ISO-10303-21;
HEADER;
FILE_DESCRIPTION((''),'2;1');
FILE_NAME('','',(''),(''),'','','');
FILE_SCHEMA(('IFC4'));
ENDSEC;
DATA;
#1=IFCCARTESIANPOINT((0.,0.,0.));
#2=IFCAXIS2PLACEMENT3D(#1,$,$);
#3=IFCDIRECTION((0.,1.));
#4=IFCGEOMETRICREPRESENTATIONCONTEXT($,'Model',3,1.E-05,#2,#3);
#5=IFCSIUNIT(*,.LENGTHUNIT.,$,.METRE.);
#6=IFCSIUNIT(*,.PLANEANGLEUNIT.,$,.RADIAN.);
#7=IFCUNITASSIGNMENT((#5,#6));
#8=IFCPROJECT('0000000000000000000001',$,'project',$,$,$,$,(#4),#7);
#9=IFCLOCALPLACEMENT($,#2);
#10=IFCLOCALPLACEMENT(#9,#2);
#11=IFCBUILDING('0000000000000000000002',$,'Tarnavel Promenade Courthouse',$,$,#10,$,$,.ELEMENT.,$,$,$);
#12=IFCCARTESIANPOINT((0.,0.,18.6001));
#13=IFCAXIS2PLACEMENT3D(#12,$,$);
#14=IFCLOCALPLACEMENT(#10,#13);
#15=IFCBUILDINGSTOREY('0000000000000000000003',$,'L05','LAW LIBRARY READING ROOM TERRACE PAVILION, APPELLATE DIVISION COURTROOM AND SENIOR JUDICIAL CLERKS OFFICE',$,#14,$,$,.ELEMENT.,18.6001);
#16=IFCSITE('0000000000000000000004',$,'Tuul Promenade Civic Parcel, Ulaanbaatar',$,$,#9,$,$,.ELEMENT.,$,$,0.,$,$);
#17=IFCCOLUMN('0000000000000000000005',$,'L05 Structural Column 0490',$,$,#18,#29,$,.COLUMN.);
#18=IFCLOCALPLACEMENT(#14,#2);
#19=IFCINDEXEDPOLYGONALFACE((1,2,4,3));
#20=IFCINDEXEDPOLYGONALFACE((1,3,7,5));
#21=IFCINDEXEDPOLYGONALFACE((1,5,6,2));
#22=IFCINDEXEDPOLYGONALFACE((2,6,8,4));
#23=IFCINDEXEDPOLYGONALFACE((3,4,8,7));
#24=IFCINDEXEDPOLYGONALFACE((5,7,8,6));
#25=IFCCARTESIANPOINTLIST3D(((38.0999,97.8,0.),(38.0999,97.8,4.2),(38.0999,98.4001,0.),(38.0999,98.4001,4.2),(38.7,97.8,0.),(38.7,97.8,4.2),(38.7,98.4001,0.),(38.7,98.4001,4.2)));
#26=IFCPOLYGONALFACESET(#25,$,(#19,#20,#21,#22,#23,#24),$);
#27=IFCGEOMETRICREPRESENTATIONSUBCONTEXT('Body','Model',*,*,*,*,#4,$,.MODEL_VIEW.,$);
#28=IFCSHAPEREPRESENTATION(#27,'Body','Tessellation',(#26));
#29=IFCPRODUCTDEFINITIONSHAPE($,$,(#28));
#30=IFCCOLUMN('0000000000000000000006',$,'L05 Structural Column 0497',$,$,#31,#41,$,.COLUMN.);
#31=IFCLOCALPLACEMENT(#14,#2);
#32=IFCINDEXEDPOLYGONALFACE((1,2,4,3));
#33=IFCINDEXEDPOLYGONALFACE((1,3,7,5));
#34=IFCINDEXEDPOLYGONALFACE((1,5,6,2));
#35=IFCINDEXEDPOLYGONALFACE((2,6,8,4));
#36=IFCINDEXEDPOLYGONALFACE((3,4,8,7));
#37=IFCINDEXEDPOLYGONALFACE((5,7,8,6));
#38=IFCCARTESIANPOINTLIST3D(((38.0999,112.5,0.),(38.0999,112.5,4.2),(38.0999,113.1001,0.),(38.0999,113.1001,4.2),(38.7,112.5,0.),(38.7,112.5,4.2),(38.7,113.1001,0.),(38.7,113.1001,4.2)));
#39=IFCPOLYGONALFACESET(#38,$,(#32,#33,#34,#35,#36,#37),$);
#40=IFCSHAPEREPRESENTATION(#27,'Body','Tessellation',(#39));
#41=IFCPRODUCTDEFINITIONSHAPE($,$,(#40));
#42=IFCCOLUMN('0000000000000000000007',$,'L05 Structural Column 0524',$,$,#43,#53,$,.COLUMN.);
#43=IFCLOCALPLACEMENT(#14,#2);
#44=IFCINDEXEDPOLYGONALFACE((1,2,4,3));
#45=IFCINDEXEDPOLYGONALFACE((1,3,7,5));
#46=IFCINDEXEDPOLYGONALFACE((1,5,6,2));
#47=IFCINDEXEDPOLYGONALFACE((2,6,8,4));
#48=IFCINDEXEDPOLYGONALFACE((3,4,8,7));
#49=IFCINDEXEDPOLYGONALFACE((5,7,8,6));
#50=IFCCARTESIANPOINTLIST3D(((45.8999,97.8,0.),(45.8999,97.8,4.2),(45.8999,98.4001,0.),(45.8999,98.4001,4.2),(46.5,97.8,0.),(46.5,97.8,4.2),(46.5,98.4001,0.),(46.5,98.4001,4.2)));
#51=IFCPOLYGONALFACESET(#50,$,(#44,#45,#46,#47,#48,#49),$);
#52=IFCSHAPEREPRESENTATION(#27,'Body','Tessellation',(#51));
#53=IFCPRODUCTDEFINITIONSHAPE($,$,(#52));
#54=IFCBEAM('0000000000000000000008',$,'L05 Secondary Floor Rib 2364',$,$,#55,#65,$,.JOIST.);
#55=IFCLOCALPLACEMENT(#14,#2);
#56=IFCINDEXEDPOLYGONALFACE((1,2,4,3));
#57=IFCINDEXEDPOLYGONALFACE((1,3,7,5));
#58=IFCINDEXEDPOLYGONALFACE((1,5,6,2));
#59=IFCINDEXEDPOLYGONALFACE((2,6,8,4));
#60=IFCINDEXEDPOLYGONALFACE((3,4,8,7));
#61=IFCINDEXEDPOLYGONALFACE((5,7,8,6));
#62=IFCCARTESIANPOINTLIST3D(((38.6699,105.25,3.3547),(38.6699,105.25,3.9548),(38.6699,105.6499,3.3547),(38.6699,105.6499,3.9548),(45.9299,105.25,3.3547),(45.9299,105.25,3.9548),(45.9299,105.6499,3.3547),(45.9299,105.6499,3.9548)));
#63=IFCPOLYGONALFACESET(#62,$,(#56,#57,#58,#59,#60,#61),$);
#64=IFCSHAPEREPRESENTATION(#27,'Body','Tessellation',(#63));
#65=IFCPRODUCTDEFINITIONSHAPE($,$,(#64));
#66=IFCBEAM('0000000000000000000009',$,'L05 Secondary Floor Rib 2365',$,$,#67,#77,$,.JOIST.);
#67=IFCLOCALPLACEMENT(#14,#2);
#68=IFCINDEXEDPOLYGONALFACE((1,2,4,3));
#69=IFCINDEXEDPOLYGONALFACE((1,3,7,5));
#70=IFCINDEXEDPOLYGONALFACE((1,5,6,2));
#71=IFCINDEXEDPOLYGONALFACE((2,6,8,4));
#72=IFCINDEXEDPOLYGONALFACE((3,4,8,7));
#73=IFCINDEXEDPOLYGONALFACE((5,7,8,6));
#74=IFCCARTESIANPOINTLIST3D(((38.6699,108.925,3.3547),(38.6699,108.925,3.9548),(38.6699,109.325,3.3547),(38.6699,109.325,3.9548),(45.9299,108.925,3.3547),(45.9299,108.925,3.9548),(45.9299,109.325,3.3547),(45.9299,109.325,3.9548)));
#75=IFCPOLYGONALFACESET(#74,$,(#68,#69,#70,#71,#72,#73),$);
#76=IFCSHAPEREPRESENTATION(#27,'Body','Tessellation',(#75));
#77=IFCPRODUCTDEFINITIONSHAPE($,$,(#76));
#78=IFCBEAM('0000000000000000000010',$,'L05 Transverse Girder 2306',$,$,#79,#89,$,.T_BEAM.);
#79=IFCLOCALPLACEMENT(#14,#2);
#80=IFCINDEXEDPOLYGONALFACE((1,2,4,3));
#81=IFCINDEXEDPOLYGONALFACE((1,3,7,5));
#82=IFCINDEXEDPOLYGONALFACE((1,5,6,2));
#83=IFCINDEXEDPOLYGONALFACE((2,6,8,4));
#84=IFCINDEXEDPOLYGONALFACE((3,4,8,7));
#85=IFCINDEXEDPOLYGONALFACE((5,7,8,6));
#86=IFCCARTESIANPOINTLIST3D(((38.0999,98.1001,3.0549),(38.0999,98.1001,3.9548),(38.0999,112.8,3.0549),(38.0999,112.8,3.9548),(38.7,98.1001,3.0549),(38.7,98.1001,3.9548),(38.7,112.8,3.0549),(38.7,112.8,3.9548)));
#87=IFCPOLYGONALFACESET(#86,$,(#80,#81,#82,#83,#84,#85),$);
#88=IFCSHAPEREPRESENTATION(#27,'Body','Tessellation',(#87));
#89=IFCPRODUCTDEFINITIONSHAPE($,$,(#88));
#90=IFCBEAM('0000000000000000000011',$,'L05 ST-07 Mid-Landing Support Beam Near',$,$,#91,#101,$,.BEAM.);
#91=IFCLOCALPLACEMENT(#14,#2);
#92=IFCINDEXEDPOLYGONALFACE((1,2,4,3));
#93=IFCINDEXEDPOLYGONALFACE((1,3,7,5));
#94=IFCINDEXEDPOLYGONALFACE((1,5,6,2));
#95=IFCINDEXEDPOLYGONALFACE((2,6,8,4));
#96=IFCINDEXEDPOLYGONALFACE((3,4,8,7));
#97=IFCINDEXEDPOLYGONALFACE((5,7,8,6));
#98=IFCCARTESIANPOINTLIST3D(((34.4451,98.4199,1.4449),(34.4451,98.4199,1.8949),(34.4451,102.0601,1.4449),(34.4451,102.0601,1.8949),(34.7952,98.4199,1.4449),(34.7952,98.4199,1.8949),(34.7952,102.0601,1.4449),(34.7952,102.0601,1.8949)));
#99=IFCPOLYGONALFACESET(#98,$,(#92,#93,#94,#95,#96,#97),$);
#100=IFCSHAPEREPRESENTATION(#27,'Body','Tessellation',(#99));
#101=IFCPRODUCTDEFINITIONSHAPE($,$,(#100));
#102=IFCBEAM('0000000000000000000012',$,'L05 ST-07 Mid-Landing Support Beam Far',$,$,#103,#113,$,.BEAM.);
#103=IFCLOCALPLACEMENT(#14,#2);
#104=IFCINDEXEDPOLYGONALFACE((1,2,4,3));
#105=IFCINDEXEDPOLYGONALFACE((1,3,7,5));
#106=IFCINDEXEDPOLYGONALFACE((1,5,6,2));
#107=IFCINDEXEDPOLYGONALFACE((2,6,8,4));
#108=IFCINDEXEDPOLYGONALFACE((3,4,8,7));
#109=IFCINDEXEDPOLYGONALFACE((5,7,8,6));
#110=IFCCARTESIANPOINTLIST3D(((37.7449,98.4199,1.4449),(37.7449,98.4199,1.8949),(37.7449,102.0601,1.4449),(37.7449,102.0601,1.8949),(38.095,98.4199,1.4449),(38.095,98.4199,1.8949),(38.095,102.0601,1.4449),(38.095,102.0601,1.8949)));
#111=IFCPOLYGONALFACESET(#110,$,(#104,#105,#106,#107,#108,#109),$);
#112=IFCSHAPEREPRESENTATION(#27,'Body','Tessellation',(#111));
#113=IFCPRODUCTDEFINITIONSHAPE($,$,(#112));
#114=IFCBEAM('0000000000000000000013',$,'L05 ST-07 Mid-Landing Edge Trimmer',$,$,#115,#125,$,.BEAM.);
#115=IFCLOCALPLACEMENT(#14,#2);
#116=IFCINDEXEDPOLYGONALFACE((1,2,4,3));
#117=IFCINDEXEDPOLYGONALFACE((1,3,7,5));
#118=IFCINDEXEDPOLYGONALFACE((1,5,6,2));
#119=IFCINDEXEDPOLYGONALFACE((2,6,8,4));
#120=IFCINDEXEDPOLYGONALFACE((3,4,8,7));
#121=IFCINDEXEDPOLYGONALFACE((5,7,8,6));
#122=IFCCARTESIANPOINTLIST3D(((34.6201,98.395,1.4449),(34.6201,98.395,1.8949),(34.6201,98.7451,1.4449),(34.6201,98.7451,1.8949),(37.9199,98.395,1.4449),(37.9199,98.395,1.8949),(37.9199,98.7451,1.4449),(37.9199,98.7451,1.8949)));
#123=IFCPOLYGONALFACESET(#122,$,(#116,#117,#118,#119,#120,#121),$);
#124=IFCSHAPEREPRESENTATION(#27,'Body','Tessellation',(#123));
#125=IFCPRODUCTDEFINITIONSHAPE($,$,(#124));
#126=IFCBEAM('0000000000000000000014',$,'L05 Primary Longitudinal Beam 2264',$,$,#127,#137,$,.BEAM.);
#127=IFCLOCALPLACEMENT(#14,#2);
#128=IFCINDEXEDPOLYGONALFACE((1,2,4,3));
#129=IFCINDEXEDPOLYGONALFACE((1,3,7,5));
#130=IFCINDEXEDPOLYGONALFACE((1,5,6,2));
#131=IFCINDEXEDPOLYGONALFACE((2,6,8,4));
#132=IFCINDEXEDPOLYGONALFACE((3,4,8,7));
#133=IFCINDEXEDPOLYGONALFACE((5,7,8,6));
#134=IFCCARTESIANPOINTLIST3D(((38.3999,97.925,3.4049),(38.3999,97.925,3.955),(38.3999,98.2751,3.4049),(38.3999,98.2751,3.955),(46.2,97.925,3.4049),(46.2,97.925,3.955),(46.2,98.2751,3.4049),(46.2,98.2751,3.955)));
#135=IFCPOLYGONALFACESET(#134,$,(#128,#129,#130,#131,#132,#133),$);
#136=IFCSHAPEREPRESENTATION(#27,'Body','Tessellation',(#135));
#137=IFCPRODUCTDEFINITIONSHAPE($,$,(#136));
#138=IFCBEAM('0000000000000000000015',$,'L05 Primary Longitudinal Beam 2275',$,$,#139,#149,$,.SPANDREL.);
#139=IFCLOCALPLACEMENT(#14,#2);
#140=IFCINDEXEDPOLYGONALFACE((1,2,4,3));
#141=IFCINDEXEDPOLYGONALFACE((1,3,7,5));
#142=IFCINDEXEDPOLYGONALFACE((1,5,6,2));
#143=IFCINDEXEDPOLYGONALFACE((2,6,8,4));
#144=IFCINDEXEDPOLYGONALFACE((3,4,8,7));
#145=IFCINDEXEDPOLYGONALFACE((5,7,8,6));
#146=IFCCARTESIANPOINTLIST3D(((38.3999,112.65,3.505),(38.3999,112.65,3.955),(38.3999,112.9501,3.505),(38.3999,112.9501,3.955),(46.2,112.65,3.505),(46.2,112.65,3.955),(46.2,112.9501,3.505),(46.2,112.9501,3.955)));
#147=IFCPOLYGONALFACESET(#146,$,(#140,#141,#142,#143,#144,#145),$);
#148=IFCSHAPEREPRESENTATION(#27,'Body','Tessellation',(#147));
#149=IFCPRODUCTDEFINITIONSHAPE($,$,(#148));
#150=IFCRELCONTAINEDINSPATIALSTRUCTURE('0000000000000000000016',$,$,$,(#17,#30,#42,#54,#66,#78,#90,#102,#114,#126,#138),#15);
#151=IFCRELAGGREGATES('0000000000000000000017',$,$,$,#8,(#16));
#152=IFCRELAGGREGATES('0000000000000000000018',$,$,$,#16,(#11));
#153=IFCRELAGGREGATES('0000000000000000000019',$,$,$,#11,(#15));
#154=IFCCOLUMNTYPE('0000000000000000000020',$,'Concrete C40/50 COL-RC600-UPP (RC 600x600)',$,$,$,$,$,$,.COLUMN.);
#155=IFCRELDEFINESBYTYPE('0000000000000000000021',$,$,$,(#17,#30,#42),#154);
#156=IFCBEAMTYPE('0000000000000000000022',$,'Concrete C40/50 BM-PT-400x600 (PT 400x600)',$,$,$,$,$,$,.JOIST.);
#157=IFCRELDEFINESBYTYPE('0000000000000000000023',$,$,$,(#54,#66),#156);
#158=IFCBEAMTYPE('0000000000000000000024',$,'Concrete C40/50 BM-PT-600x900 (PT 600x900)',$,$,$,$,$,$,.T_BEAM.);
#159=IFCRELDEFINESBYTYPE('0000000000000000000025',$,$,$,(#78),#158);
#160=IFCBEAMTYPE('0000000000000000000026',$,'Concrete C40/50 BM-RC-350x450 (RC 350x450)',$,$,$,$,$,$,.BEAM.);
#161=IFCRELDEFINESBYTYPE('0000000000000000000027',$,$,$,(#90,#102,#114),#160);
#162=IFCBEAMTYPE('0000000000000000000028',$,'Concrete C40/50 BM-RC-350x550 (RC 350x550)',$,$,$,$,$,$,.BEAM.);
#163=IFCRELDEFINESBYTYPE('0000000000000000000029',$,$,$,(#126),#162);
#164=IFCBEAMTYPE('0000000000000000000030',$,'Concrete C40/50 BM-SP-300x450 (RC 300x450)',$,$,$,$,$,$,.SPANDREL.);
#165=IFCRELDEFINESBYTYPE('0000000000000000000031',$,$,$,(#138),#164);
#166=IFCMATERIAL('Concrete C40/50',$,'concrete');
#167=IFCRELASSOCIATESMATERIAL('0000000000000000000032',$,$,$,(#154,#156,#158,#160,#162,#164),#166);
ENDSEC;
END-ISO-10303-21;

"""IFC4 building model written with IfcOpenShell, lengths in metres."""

from ifc_helpers import new_model, si_unit, direction, frame, origin, origin_2d, place, context, subcontext, project, spatial, rectangle, extrude, material, material_profile, profile_set, type_object, element, save


model = new_model("IFC4")

# Units and contexts
model_context = context("Model", 3, precision=1e-05, world=origin(), true_north=direction((0.0, 1.0)))
body_context = subcontext(model_context, "Body", "Model", "MODEL_VIEW")
ifc_project = project(units=[si_unit("LENGTHUNIT", "METRE"), si_unit("PLANEANGLEUNIT", "RADIAN")], contexts=[model_context])

# Site, building, storey
site_placement = place(None, origin())
site = spatial("IfcSite", under=ifc_project, at=site_placement, Name="Tuul Promenade Civic Parcel, Ulaanbaatar", CompositionType="ELEMENT", RefElevation=0.0)
building_placement = place(site_placement, origin())
building = spatial("IfcBuilding", under=site, at=building_placement, Name="Tarnavel Promenade Courthouse", CompositionType="ELEMENT")
storey_placement = place(building_placement, frame((0.0, 0.0, 18.6001)))
storey = spatial("IfcBuildingStorey", under=building, at=storey_placement, Name="L05", Description="LAW LIBRARY READING ROOM TERRACE PAVILION, APPELLATE DIVISION COURTROOM AND SENIOR JUDICIAL CLERKS OFFICE", CompositionType="ELEMENT", Elevation=18.6001)

# Columns
ifc_material_1 = material(Name="Concrete C40/50", Category="concrete")
ifc_material_profile_1 = material_profile(ifc_material_1, rectangle(XDim=0.6001, YDim=0.6001, at=origin_2d()), Name="RC 600x600")
ifc_profile_set_1 = profile_set([ifc_material_profile_1], Name="Concrete C40/50")
column_type = type_object("IfcColumnType", Name="Concrete C40/50 COL-RC600-UPP (RC 600x600)", PredefinedType="COLUMN", material=ifc_profile_set_1)
for number, where, z_axis, x_axis, name in (
    (1, (38.3999, 98.1001, 0.0), (0.0, 0.0, 1.0), (1.0, 0.0, 0.0), "L05 Structural Column 0490"),
    (2, (38.3999, 112.8, 0.0), (0.0, 0.0, 1.0), (1.0, 0.0, 0.0), "L05 Structural Column 0497"),
    (3, (46.2, 98.1001, 0.0), (0.0, 0.0, 1.0), (1.0, 0.0, 0.0), "L05 Structural Column 0524"),
):
    element("IfcColumn", number, at=place(storey_placement, frame(where, z_axis=z_axis, x_axis=x_axis)), inside=storey, type_object=column_type, Name=name, PredefinedType="COLUMN", context=body_context, shape_type="SweptSolid", body=[
        extrude(rectangle(XDim=0.6001, YDim=0.6001, at=origin_2d()), origin(), (0.0, 0.0, 1.0), 4.2),
    ])

# Beams
ifc_material_profile_2 = material_profile(ifc_material_1, rectangle(XDim=0.3999, YDim=0.6001, at=origin_2d()), Name="PT 400x600")
ifc_profile_set_2 = profile_set([ifc_material_profile_2], Name="Concrete C40/50")
beam_type_1 = type_object("IfcBeamType", Name="Concrete C40/50 BM-PT-400x600 (PT 400x600)", PredefinedType="JOIST", material=ifc_profile_set_2)
for number, where, z_axis, x_axis, name in (
    (4, (38.6699, 105.45, 3.6548), (1.0, 0.0, 0.0), (0.0, 1.0, 0.0), "L05 Secondary Floor Rib 2364"),
    (5, (38.6699, 109.125, 3.6548), (1.0, 0.0, 0.0), (0.0, 1.0, 0.0), "L05 Secondary Floor Rib 2365"),
):
    element("IfcBeam", number, at=place(storey_placement, frame(where, z_axis=z_axis, x_axis=x_axis)), inside=storey, type_object=beam_type_1, Name=name, PredefinedType="JOIST", context=body_context, shape_type="SweptSolid", body=[
        extrude(rectangle(XDim=0.3999, YDim=0.6001, at=origin_2d()), origin(), (0.0, 0.0, 1.0), 7.26),
    ])
ifc_material_profile_3 = material_profile(ifc_material_1, rectangle(XDim=0.6001, YDim=0.8999, at=origin_2d()), Name="PT 600x900")
ifc_profile_set_3 = profile_set([ifc_material_profile_3], Name="Concrete C40/50")
beam_type_2 = type_object("IfcBeamType", Name="Concrete C40/50 BM-PT-600x900 (PT 600x900)", PredefinedType="T_BEAM", material=ifc_profile_set_3)
beam_1_placement = place(storey_placement, frame((38.3999, 98.1001, 3.5049), z_axis=(0.0, 1.0, 0.0), x_axis=(-1.0, 0.0, 0.0)))
element("IfcBeam", 6, at=beam_1_placement, inside=storey, type_object=beam_type_2, Name="L05 Transverse Girder 2306", PredefinedType="T_BEAM", context=body_context, shape_type="SweptSolid", body=[
    extrude(rectangle(XDim=0.6001, YDim=0.8999, at=origin_2d()), origin(), (0.0, 0.0, 1.0), 14.7),
])
ifc_material_profile_4 = material_profile(ifc_material_1, rectangle(XDim=0.3501, YDim=0.45, at=origin_2d()), Name="RC 350x450")
ifc_profile_set_4 = profile_set([ifc_material_profile_4], Name="Concrete C40/50")
beam_type_3 = type_object("IfcBeamType", Name="Concrete C40/50 BM-RC-350x450 (RC 350x450)", PredefinedType="BEAM", material=ifc_profile_set_4)
for number, where, z_axis, x_axis, name in (
    (7, (34.6201, 98.4199, 1.6699), (0.0, 1.0, 0.0), (-1.0, 0.0, 0.0), "L05 ST-07 Mid-Landing Support Beam Near"),
    (8, (37.9199, 98.4199, 1.6699), (0.0, 1.0, 0.0), (-1.0, 0.0, 0.0), "L05 ST-07 Mid-Landing Support Beam Far"),
):
    element("IfcBeam", number, at=place(storey_placement, frame(where, z_axis=z_axis, x_axis=x_axis)), inside=storey, type_object=beam_type_3, Name=name, PredefinedType="BEAM", context=body_context, shape_type="SweptSolid", body=[
        extrude(rectangle(XDim=0.3501, YDim=0.45, at=origin_2d()), origin(), (0.0, 0.0, 1.0), 3.6401),
    ])
beam_2_placement = place(storey_placement, frame((34.6201, 98.5701, 1.6699), z_axis=(1.0, 0.0, 0.0), x_axis=(0.0, 1.0, 0.0)))
element("IfcBeam", 9, at=beam_2_placement, inside=storey, type_object=beam_type_3, Name="L05 ST-07 Mid-Landing Edge Trimmer", PredefinedType="BEAM", context=body_context, shape_type="SweptSolid", body=[
    extrude(rectangle(XDim=0.3501, YDim=0.45, at=origin_2d()), origin(), (0.0, 0.0, 1.0), 3.2998),
])
ifc_material_profile_5 = material_profile(ifc_material_1, rectangle(XDim=0.3501, YDim=0.55, at=origin_2d()), Name="RC 350x550")
ifc_profile_set_5 = profile_set([ifc_material_profile_5], Name="Concrete C40/50")
beam_type_4 = type_object("IfcBeamType", Name="Concrete C40/50 BM-RC-350x550 (RC 350x550)", PredefinedType="BEAM", material=ifc_profile_set_5)
beam_3_placement = place(storey_placement, frame((38.3999, 98.1001, 3.6799), z_axis=(1.0, 0.0, 0.0), x_axis=(0.0, 1.0, 0.0)))
element("IfcBeam", 10, at=beam_3_placement, inside=storey, type_object=beam_type_4, Name="L05 Primary Longitudinal Beam 2264", PredefinedType="BEAM", context=body_context, shape_type="SweptSolid", body=[
    extrude(rectangle(XDim=0.3501, YDim=0.55, at=origin_2d()), origin(), (0.0, 0.0, 1.0), 7.8),
])
ifc_material_profile_6 = material_profile(ifc_material_1, rectangle(XDim=0.3, YDim=0.45, at=origin_2d()), Name="RC 300x450")
ifc_profile_set_6 = profile_set([ifc_material_profile_6], Name="Concrete C40/50")
beam_type_5 = type_object("IfcBeamType", Name="Concrete C40/50 BM-SP-300x450 (RC 300x450)", PredefinedType="SPANDREL", material=ifc_profile_set_6)
beam_4_placement = place(storey_placement, frame((38.3999, 112.8, 3.73), z_axis=(1.0, 0.0, 0.0), x_axis=(0.0, 1.0, 0.0)))
element("IfcBeam", 11, at=beam_4_placement, inside=storey, type_object=beam_type_5, Name="L05 Primary Longitudinal Beam 2275", PredefinedType="SPANDREL", context=body_context, shape_type="SweptSolid", body=[
    extrude(rectangle(XDim=0.3, YDim=0.45, at=origin_2d()), origin(), (0.0, 0.0, 1.0), 7.8),
])

save(model, "model.ifc")
